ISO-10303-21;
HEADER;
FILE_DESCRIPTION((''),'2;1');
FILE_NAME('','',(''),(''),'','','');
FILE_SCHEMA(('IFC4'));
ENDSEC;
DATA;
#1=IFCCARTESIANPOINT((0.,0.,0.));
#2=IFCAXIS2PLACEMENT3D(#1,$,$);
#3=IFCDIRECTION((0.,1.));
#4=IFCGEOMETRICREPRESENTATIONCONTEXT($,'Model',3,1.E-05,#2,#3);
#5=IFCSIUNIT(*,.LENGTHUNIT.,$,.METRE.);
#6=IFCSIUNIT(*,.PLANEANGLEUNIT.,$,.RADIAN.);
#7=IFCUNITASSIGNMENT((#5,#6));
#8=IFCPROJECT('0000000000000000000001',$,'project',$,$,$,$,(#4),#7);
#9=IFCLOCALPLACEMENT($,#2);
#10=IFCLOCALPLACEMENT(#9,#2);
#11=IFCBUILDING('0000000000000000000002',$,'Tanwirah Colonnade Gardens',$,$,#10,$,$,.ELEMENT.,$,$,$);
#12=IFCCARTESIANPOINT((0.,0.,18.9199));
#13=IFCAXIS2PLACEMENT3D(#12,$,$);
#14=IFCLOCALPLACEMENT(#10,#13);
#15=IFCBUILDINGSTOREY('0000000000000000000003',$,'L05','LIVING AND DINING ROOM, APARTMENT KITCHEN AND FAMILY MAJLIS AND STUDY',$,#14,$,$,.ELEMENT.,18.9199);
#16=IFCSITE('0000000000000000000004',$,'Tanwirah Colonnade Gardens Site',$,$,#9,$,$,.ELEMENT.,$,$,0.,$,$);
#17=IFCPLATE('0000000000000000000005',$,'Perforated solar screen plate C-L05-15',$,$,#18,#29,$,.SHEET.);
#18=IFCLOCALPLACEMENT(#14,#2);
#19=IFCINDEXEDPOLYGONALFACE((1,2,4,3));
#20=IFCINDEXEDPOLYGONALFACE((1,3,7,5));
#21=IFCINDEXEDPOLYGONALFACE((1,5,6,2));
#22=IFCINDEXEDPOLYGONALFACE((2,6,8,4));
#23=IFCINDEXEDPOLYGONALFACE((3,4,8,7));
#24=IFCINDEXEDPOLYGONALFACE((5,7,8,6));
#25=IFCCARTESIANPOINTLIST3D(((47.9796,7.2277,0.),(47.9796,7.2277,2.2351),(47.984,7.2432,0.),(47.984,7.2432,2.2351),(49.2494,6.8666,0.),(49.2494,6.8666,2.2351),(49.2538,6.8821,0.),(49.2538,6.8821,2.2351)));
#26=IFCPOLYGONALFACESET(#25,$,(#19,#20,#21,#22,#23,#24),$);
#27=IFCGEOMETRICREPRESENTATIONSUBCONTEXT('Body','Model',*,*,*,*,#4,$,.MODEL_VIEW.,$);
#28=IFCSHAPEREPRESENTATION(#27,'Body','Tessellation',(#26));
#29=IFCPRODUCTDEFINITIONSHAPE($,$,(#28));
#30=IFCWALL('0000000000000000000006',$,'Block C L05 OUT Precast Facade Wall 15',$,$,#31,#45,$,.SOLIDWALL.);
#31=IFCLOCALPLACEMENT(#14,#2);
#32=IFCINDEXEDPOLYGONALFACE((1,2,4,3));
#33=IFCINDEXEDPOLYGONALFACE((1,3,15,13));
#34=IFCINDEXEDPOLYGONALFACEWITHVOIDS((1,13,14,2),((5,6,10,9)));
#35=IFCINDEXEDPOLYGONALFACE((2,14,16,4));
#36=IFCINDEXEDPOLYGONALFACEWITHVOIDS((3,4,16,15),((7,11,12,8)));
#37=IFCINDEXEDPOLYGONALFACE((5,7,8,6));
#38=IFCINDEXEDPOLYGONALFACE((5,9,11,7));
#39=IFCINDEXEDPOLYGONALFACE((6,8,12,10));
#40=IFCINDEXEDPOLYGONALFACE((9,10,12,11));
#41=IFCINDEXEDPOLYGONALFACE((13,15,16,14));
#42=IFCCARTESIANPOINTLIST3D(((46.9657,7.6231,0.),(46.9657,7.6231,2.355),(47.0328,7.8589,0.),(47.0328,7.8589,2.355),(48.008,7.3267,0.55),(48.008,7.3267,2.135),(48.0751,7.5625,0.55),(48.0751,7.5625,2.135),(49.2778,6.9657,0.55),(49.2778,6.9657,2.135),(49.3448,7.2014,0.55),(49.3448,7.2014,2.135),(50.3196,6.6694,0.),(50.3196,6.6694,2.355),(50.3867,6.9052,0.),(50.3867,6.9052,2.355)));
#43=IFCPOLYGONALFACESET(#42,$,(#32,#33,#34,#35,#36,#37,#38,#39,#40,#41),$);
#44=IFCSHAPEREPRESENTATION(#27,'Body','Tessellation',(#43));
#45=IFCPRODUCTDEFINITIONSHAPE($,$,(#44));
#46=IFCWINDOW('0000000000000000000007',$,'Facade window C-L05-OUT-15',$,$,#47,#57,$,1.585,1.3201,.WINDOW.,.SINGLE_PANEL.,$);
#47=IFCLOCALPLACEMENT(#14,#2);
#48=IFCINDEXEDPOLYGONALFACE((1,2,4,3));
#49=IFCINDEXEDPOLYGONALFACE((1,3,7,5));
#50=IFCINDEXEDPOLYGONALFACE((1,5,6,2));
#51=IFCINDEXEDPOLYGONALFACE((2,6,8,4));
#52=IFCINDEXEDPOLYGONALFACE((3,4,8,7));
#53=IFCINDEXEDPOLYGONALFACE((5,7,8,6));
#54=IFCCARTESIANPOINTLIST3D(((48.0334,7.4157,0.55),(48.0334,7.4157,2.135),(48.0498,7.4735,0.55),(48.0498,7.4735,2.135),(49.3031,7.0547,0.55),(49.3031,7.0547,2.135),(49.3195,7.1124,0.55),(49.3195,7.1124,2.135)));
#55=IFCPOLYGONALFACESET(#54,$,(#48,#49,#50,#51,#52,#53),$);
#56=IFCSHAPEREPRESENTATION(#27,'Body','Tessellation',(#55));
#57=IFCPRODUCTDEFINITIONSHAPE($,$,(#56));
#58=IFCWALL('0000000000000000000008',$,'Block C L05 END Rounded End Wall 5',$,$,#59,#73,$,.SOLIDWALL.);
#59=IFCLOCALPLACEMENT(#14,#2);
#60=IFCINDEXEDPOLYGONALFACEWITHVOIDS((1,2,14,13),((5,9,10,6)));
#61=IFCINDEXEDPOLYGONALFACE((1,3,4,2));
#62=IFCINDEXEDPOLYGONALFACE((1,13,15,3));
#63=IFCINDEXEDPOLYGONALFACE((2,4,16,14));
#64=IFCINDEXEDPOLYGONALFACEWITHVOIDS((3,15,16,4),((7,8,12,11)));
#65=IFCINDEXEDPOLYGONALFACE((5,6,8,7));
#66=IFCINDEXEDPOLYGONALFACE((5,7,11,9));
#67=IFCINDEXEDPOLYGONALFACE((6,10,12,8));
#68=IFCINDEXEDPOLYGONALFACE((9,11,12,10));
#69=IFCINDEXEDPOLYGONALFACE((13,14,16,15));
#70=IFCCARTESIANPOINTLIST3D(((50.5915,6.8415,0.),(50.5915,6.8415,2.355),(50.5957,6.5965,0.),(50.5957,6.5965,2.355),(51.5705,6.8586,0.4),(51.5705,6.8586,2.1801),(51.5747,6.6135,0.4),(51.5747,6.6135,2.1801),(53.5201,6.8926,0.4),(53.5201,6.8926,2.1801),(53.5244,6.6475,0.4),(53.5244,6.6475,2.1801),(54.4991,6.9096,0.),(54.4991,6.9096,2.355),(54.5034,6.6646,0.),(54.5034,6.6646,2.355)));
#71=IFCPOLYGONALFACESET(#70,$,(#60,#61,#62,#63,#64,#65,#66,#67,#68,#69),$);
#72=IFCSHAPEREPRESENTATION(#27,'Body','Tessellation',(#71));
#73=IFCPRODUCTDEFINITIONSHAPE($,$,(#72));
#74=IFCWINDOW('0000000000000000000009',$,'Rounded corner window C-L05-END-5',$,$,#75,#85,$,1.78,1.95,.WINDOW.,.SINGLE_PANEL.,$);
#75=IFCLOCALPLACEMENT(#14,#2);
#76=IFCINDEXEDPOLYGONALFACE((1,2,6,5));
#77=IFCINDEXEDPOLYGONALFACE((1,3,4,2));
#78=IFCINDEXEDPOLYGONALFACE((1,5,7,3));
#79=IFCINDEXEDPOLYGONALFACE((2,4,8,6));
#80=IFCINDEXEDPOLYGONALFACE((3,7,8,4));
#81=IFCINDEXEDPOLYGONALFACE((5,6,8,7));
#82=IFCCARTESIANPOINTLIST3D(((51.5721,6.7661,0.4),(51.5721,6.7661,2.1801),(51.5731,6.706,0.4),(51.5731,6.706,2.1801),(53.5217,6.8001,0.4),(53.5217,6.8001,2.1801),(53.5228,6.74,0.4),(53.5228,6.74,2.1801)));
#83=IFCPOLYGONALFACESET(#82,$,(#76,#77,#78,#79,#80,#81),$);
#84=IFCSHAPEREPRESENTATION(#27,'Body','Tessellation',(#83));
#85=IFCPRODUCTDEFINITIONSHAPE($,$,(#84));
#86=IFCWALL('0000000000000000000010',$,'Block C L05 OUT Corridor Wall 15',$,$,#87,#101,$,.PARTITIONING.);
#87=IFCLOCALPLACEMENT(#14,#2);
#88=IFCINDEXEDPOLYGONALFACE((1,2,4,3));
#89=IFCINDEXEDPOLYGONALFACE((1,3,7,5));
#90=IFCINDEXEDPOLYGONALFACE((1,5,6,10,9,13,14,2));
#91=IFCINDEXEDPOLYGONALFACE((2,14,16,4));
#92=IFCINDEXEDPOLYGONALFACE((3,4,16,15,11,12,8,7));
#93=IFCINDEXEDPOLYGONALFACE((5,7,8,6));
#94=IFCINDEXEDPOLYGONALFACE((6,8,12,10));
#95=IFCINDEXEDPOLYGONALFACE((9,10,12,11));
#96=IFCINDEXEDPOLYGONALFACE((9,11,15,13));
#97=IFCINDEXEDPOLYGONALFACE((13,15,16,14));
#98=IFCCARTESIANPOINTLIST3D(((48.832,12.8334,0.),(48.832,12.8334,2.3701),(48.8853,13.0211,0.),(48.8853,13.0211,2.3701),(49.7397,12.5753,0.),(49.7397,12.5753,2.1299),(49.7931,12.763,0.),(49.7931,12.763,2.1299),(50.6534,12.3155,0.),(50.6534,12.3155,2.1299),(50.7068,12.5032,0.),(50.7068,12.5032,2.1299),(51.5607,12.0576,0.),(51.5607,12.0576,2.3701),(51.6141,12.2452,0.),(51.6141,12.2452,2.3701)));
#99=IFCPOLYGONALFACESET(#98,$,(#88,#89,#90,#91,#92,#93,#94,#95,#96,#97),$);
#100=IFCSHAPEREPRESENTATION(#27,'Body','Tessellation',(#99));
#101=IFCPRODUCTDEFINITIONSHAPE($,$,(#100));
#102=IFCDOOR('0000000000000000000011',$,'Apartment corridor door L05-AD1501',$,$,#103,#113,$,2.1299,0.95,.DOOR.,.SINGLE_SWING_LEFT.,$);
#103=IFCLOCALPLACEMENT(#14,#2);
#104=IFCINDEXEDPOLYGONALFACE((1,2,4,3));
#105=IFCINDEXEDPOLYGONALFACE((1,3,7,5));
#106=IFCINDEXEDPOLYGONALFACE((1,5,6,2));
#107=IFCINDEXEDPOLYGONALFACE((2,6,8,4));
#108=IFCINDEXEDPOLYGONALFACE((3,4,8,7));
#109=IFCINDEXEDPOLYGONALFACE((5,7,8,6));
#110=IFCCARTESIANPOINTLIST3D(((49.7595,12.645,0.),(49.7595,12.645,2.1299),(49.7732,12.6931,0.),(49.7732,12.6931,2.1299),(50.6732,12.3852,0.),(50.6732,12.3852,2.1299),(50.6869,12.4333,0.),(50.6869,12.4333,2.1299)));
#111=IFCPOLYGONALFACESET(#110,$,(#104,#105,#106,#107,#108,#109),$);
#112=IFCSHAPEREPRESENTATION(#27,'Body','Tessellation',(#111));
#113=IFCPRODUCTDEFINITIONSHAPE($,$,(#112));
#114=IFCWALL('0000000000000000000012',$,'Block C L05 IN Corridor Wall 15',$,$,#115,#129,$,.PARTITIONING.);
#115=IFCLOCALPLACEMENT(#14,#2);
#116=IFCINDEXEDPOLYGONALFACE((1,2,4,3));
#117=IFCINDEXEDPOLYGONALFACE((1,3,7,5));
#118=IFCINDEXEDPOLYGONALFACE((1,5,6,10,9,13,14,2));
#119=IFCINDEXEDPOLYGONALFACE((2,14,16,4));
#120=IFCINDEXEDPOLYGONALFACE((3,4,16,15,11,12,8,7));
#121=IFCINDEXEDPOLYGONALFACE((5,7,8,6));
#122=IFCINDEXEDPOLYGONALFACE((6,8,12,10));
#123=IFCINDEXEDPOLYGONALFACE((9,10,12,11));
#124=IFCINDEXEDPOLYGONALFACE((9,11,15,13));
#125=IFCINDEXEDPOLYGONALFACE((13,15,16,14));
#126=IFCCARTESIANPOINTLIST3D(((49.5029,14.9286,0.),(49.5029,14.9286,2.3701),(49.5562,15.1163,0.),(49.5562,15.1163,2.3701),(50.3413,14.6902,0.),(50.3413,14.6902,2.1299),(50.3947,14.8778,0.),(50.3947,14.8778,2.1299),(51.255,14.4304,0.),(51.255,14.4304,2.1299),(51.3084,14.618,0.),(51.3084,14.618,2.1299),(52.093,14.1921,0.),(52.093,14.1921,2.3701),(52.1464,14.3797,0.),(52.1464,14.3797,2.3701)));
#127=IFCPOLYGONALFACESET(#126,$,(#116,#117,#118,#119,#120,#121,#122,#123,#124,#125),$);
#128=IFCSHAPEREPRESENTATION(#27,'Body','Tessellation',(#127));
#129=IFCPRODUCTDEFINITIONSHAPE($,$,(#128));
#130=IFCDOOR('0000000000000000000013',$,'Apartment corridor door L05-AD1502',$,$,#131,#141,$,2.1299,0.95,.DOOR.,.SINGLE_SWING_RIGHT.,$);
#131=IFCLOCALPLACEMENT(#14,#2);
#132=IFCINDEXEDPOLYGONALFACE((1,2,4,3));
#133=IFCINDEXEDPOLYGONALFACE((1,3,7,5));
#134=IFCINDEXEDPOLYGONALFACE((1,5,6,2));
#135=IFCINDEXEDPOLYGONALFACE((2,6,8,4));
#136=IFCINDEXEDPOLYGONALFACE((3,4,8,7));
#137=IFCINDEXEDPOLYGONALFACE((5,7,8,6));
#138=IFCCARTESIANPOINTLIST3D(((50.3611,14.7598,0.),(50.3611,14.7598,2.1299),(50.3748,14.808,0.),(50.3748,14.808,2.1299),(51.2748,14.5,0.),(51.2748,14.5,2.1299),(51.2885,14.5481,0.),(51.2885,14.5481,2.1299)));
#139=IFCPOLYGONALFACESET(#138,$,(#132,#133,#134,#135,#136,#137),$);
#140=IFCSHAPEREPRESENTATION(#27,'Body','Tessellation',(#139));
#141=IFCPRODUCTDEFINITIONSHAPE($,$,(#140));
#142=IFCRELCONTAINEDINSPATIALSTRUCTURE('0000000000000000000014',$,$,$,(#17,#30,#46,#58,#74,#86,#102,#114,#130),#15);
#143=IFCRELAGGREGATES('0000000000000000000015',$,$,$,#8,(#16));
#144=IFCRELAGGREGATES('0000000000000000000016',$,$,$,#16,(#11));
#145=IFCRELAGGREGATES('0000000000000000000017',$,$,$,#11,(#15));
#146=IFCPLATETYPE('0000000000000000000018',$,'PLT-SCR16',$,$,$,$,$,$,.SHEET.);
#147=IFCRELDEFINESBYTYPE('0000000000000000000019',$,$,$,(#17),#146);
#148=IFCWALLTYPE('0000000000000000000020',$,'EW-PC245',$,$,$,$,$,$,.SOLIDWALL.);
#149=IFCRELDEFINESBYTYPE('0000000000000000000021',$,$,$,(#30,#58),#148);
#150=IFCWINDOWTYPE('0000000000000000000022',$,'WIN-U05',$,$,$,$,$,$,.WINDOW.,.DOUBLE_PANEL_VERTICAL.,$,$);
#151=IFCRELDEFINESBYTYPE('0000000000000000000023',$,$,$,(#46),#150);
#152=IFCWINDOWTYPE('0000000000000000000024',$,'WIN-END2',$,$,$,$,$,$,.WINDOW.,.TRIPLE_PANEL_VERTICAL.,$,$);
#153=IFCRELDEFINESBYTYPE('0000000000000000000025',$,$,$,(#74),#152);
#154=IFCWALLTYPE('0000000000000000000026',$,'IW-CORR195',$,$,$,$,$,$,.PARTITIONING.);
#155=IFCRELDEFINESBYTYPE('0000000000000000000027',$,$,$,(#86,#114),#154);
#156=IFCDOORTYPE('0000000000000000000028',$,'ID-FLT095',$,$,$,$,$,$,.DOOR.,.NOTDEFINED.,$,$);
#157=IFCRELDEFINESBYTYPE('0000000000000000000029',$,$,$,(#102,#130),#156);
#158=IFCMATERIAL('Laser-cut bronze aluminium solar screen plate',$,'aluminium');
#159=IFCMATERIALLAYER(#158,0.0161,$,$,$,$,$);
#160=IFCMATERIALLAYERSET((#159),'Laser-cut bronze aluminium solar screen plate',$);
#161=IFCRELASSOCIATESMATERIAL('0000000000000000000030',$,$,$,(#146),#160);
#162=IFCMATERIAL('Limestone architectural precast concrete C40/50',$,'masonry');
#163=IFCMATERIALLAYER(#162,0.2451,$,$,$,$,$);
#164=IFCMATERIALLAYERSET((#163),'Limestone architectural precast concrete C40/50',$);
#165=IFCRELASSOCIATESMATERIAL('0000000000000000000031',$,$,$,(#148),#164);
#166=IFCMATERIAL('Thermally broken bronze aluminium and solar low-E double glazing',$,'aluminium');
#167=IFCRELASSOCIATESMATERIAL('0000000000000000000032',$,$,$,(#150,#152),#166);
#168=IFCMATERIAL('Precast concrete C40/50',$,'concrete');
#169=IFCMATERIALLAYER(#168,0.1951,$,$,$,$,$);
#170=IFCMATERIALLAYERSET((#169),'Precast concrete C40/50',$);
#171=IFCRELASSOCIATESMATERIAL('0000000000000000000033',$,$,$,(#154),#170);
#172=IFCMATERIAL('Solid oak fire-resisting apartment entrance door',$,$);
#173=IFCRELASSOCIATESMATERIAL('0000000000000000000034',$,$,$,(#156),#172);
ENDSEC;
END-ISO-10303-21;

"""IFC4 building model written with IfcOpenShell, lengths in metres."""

from ifc_helpers import new_model, si_unit, direction, frame, frame_2d, origin, origin_2d, place, context, subcontext, project, spatial, rectangle, extrude, material, layer, layer_set, type_object, element, fill, save


model = new_model("IFC4")

# Units and contexts
model_context = context("Model", 3, precision=1e-05, world=origin(), true_north=direction((0.0, 1.0)))
body_context = subcontext(model_context, "Body", "Model", "MODEL_VIEW")
ifc_project = project(units=[si_unit("LENGTHUNIT", "METRE"), si_unit("PLANEANGLEUNIT", "RADIAN")], contexts=[model_context])

# Site, building, storey
site_placement = place(None, origin())
site = spatial("IfcSite", under=ifc_project, at=site_placement, Name="Tanwirah Colonnade Gardens Site", CompositionType="ELEMENT", RefElevation=0.0)
building_placement = place(site_placement, origin())
building = spatial("IfcBuilding", under=site, at=building_placement, Name="Tanwirah Colonnade Gardens", CompositionType="ELEMENT")
storey_placement = place(building_placement, frame((0.0, 0.0, 18.9199)))
storey = spatial("IfcBuildingStorey", under=building, at=storey_placement, Name="L05", Description="LIVING AND DINING ROOM, APARTMENT KITCHEN AND FAMILY MAJLIS AND STUDY", CompositionType="ELEMENT", Elevation=18.9199)

# Shared definitions
ifc_material_1 = material(Name="Precast concrete C40/50", Category="concrete")

# Plate
ifc_material_2 = material(Name="Laser-cut bronze aluminium solar screen plate", Category="aluminium")
ifc_layer_1 = layer(ifc_material_2, 0.0161)
ifc_layer_set_1 = layer_set([ifc_layer_1], Name="Laser-cut bronze aluminium solar screen plate")
plate_type = type_object("IfcPlateType", Name="PLT-SCR16", PredefinedType="SHEET", material=ifc_layer_set_1)
plate_placement = place(storey_placement, frame((48.6167, 7.0549, 0.0), z_axis=(0.0, 0.0, 1.0), x_axis=(0.961861, -0.273539, 0.0)))
element("IfcPlate", 1, at=plate_placement, inside=storey, type_object=plate_type, Name="Perforated solar screen plate C-L05-15", PredefinedType="SHEET", context=body_context, shape_type="SweptSolid", body=[
    extrude(rectangle(XDim=1.3201, YDim=0.0161, at=origin_2d()), origin(), (0.0, 0.0, 1.0), 2.2351),
])

# Walls, openings, windows
ifc_material_3 = material(Name="Limestone architectural precast concrete C40/50", Category="masonry")
ifc_layer_2 = layer(ifc_material_3, 0.2451)
ifc_layer_set_2 = layer_set([ifc_layer_2], Name="Limestone architectural precast concrete C40/50")
wall_type_1 = type_object("IfcWallType", Name="EW-PC245", PredefinedType="SOLIDWALL", material=ifc_layer_set_2)
wall_1_placement = place(storey_placement, frame((46.9993, 7.741, 0.0), z_axis=(0.0, 0.0, 1.0), x_axis=(0.961872, -0.2735, 0.0)))
wall_1 = element("IfcWall", 2, at=wall_1_placement, inside=storey, type_object=wall_type_1, Name="Block C L05 OUT Precast Facade Wall 15", PredefinedType="SOLIDWALL", context=body_context, shape_type="SweptSolid", body=[
    extrude(rectangle(XDim=3.4868, YDim=0.2451, at=frame_2d((1.7434, 0.0))), origin(), (0.0, 0.0, 1.0), 2.355),
])
opening_1_placement = place(wall_1_placement, frame((1.0835, 0.0, 0.55)))
opening_1 = element("IfcOpeningElement", 3, at=opening_1_placement, cuts=wall_1, PredefinedType="OPENING", context=body_context, shape_type="SweptSolid", body=[
    extrude(rectangle(XDim=1.3201, YDim=1.585, at=frame_2d((0.6602, 0.7925))), frame((0.0, 0.1326, 0.0), z_axis=(0.0, -1.0, 0.0), x_axis=(1.0, 0.0, 0.0)), (0.0, 0.0, 1.0), 0.2651),
])
ifc_material_4 = material(Name="Thermally broken bronze aluminium and solar low-E double glazing", Category="aluminium")
window_type_1 = type_object("IfcWindowType", Name="WIN-U05", PartitioningType="DOUBLE_PANEL_VERTICAL", PredefinedType="WINDOW", material=ifc_material_4)
window_1_placement = place(opening_1_placement, origin())
window_1 = element("IfcWindow", 4, at=window_1_placement, inside=storey, type_object=window_type_1, Name="Facade window C-L05-OUT-15", OverallHeight=1.585, OverallWidth=1.3201, PartitioningType="SINGLE_PANEL", PredefinedType="WINDOW", context=body_context, shape_type="SweptSolid", body=[
    extrude(rectangle(XDim=1.3201, YDim=1.585, at=frame_2d((0.6602, 0.7925))), frame((0.0, 0.03, 0.0), z_axis=(0.0, -1.0, 0.0), x_axis=(1.0, 0.0, 0.0)), (0.0, 0.0, 1.0), 0.0601),
])
fill(opening_1, window_1)
wall_2_placement = place(storey_placement, frame((54.5012, 6.7871, 0.0), z_axis=(0.0, 0.0, 1.0), x_axis=(-0.999848, -0.017428, 0.0)))
wall_2 = element("IfcWall", 5, at=wall_2_placement, inside=storey, type_object=wall_type_1, Name="Block C L05 END Rounded End Wall 5", PredefinedType="SOLIDWALL", context=body_context, shape_type="SweptSolid", body=[
    extrude(rectangle(XDim=3.9082, YDim=0.2451, at=frame_2d((1.9541, 0.0))), origin(), (0.0, 0.0, 1.0), 2.355),
])
opening_2_placement = place(wall_2_placement, frame((0.979, 0.0, 0.3999)))
opening_2 = element("IfcOpeningElement", 6, at=opening_2_placement, cuts=wall_2, PredefinedType="OPENING", context=body_context, shape_type="SweptSolid", body=[
    extrude(rectangle(XDim=1.95, YDim=1.78, at=frame_2d((0.9751, 0.8901))), frame((0.0, 0.1326, 0.0), z_axis=(0.0, -1.0, 0.0), x_axis=(1.0, 0.0, 0.0)), (0.0, 0.0, 1.0), 0.2651),
])
window_type_2 = type_object("IfcWindowType", Name="WIN-END2", PartitioningType="TRIPLE_PANEL_VERTICAL", PredefinedType="WINDOW", material=ifc_material_4)
window_2_placement = place(opening_2_placement, origin())
window_2 = element("IfcWindow", 7, at=window_2_placement, inside=storey, type_object=window_type_2, Name="Rounded corner window C-L05-END-5", OverallHeight=1.78, OverallWidth=1.95, PartitioningType="SINGLE_PANEL", PredefinedType="WINDOW", context=body_context, shape_type="SweptSolid", body=[
    extrude(rectangle(XDim=1.95, YDim=1.78, at=frame_2d((0.9751, 0.8901))), frame((0.0, 0.03, 0.0), z_axis=(0.0, -1.0, 0.0), x_axis=(1.0, 0.0, 0.0)), (0.0, 0.0, 1.0), 0.0601),
])
fill(opening_2, window_2)

# Walls, openings, doors
ifc_layer_3 = layer(ifc_material_1, 0.1951)
ifc_layer_set_3 = layer_set([ifc_layer_3], Name="Precast concrete C40/50")
wall_type_2 = type_object("IfcWallType", Name="IW-CORR195", PredefinedType="PARTITIONING", material=ifc_layer_set_3)
wall_3_placement = place(storey_placement, frame((48.8586, 12.9272, 0.0), z_axis=(0.0, 0.0, 1.0), x_axis=(0.961874, -0.273493, 0.0)))
wall_3 = element("IfcWall", 8, at=wall_3_placement, inside=storey, type_object=wall_type_2, Name="Block C L05 OUT Corridor Wall 15", PredefinedType="PARTITIONING", context=body_context, shape_type="SweptSolid", body=[
    extrude(rectangle(XDim=2.8369, YDim=0.1951, at=frame_2d((1.4185, 0.0))), origin(), (0.0, 0.0, 1.0), 2.3701),
])
opening_3_placement = place(wall_3_placement, frame((0.9436, 0.0, 0.0)))
opening_3 = element("IfcOpeningElement", 9, at=opening_3_placement, cuts=wall_3, PredefinedType="OPENING", context=body_context, shape_type="SweptSolid", body=[
    extrude(rectangle(XDim=0.95, YDim=2.1299, at=frame_2d((0.4751, 1.0649))), frame((0.0, 0.1074, 0.0), z_axis=(0.0, -1.0, 0.0), x_axis=(1.0, 0.0, 0.0)), (0.0, 0.0, 1.0), 0.2151),
])
ifc_material_5 = material(Name="Solid oak fire-resisting apartment entrance door")
door_type_1 = type_object("IfcDoorType", Name="ID-FLT095", OperationType="NOTDEFINED", PredefinedType="DOOR", material=ifc_material_5)
door_1_placement = place(opening_3_placement, origin())
door_1 = element("IfcDoor", 10, at=door_1_placement, inside=storey, type_object=door_type_1, Name="Apartment corridor door L05-AD1501", OperationType="SINGLE_SWING_LEFT", OverallHeight=2.1299, OverallWidth=0.95, PredefinedType="DOOR", context=body_context, shape_type="SweptSolid", body=[
    extrude(rectangle(XDim=0.95, YDim=2.1299, at=frame_2d((0.4751, 1.0649))), frame((0.0, 0.0249, 0.0), z_axis=(0.0, -1.0, 0.0), x_axis=(1.0, 0.0, 0.0)), (0.0, 0.0, 1.0), 0.05),
])
fill(opening_3, door_1)
wall_4_placement = place(storey_placement, frame((49.5295, 15.0225, 0.0), z_axis=(0.0, 0.0, 1.0), x_axis=(0.961862, -0.273535, 0.0)))
wall_4 = element("IfcWall", 11, at=wall_4_placement, inside=storey, type_object=wall_type_2, Name="Block C L05 IN Corridor Wall 15", PredefinedType="PARTITIONING", context=body_context, shape_type="SweptSolid", body=[
    extrude(rectangle(XDim=2.6929, YDim=0.1951, at=frame_2d((1.3464, 0.0))), origin(), (0.0, 0.0, 1.0), 2.3701),
])
opening_4_placement = place(wall_4_placement, frame((0.8716, 0.0, 0.0)))
opening_4 = element("IfcOpeningElement", 12, at=opening_4_placement, cuts=wall_4, PredefinedType="OPENING", context=body_context, shape_type="SweptSolid", body=[
    extrude(rectangle(XDim=0.95, YDim=2.1299, at=frame_2d((0.4751, 1.0649))), frame((0.0, 0.1074, 0.0), z_axis=(0.0, -1.0, 0.0), x_axis=(1.0, 0.0, 0.0)), (0.0, 0.0, 1.0), 0.2151),
])
door_2_placement = place(opening_4_placement, origin())
door_2 = element("IfcDoor", 13, at=door_2_placement, inside=storey, type_object=door_type_1, Name="Apartment corridor door L05-AD1502", OperationType="SINGLE_SWING_RIGHT", OverallHeight=2.1299, OverallWidth=0.95, PredefinedType="DOOR", context=body_context, shape_type="SweptSolid", body=[
    extrude(rectangle(XDim=0.95, YDim=2.1299, at=frame_2d((0.4751, 1.0649))), frame((0.0, 0.0249, 0.0), z_axis=(0.0, -1.0, 0.0), x_axis=(1.0, 0.0, 0.0)), (0.0, 0.0, 1.0), 0.05),
])
fill(opening_4, door_2)

save(model, "model.ifc")
